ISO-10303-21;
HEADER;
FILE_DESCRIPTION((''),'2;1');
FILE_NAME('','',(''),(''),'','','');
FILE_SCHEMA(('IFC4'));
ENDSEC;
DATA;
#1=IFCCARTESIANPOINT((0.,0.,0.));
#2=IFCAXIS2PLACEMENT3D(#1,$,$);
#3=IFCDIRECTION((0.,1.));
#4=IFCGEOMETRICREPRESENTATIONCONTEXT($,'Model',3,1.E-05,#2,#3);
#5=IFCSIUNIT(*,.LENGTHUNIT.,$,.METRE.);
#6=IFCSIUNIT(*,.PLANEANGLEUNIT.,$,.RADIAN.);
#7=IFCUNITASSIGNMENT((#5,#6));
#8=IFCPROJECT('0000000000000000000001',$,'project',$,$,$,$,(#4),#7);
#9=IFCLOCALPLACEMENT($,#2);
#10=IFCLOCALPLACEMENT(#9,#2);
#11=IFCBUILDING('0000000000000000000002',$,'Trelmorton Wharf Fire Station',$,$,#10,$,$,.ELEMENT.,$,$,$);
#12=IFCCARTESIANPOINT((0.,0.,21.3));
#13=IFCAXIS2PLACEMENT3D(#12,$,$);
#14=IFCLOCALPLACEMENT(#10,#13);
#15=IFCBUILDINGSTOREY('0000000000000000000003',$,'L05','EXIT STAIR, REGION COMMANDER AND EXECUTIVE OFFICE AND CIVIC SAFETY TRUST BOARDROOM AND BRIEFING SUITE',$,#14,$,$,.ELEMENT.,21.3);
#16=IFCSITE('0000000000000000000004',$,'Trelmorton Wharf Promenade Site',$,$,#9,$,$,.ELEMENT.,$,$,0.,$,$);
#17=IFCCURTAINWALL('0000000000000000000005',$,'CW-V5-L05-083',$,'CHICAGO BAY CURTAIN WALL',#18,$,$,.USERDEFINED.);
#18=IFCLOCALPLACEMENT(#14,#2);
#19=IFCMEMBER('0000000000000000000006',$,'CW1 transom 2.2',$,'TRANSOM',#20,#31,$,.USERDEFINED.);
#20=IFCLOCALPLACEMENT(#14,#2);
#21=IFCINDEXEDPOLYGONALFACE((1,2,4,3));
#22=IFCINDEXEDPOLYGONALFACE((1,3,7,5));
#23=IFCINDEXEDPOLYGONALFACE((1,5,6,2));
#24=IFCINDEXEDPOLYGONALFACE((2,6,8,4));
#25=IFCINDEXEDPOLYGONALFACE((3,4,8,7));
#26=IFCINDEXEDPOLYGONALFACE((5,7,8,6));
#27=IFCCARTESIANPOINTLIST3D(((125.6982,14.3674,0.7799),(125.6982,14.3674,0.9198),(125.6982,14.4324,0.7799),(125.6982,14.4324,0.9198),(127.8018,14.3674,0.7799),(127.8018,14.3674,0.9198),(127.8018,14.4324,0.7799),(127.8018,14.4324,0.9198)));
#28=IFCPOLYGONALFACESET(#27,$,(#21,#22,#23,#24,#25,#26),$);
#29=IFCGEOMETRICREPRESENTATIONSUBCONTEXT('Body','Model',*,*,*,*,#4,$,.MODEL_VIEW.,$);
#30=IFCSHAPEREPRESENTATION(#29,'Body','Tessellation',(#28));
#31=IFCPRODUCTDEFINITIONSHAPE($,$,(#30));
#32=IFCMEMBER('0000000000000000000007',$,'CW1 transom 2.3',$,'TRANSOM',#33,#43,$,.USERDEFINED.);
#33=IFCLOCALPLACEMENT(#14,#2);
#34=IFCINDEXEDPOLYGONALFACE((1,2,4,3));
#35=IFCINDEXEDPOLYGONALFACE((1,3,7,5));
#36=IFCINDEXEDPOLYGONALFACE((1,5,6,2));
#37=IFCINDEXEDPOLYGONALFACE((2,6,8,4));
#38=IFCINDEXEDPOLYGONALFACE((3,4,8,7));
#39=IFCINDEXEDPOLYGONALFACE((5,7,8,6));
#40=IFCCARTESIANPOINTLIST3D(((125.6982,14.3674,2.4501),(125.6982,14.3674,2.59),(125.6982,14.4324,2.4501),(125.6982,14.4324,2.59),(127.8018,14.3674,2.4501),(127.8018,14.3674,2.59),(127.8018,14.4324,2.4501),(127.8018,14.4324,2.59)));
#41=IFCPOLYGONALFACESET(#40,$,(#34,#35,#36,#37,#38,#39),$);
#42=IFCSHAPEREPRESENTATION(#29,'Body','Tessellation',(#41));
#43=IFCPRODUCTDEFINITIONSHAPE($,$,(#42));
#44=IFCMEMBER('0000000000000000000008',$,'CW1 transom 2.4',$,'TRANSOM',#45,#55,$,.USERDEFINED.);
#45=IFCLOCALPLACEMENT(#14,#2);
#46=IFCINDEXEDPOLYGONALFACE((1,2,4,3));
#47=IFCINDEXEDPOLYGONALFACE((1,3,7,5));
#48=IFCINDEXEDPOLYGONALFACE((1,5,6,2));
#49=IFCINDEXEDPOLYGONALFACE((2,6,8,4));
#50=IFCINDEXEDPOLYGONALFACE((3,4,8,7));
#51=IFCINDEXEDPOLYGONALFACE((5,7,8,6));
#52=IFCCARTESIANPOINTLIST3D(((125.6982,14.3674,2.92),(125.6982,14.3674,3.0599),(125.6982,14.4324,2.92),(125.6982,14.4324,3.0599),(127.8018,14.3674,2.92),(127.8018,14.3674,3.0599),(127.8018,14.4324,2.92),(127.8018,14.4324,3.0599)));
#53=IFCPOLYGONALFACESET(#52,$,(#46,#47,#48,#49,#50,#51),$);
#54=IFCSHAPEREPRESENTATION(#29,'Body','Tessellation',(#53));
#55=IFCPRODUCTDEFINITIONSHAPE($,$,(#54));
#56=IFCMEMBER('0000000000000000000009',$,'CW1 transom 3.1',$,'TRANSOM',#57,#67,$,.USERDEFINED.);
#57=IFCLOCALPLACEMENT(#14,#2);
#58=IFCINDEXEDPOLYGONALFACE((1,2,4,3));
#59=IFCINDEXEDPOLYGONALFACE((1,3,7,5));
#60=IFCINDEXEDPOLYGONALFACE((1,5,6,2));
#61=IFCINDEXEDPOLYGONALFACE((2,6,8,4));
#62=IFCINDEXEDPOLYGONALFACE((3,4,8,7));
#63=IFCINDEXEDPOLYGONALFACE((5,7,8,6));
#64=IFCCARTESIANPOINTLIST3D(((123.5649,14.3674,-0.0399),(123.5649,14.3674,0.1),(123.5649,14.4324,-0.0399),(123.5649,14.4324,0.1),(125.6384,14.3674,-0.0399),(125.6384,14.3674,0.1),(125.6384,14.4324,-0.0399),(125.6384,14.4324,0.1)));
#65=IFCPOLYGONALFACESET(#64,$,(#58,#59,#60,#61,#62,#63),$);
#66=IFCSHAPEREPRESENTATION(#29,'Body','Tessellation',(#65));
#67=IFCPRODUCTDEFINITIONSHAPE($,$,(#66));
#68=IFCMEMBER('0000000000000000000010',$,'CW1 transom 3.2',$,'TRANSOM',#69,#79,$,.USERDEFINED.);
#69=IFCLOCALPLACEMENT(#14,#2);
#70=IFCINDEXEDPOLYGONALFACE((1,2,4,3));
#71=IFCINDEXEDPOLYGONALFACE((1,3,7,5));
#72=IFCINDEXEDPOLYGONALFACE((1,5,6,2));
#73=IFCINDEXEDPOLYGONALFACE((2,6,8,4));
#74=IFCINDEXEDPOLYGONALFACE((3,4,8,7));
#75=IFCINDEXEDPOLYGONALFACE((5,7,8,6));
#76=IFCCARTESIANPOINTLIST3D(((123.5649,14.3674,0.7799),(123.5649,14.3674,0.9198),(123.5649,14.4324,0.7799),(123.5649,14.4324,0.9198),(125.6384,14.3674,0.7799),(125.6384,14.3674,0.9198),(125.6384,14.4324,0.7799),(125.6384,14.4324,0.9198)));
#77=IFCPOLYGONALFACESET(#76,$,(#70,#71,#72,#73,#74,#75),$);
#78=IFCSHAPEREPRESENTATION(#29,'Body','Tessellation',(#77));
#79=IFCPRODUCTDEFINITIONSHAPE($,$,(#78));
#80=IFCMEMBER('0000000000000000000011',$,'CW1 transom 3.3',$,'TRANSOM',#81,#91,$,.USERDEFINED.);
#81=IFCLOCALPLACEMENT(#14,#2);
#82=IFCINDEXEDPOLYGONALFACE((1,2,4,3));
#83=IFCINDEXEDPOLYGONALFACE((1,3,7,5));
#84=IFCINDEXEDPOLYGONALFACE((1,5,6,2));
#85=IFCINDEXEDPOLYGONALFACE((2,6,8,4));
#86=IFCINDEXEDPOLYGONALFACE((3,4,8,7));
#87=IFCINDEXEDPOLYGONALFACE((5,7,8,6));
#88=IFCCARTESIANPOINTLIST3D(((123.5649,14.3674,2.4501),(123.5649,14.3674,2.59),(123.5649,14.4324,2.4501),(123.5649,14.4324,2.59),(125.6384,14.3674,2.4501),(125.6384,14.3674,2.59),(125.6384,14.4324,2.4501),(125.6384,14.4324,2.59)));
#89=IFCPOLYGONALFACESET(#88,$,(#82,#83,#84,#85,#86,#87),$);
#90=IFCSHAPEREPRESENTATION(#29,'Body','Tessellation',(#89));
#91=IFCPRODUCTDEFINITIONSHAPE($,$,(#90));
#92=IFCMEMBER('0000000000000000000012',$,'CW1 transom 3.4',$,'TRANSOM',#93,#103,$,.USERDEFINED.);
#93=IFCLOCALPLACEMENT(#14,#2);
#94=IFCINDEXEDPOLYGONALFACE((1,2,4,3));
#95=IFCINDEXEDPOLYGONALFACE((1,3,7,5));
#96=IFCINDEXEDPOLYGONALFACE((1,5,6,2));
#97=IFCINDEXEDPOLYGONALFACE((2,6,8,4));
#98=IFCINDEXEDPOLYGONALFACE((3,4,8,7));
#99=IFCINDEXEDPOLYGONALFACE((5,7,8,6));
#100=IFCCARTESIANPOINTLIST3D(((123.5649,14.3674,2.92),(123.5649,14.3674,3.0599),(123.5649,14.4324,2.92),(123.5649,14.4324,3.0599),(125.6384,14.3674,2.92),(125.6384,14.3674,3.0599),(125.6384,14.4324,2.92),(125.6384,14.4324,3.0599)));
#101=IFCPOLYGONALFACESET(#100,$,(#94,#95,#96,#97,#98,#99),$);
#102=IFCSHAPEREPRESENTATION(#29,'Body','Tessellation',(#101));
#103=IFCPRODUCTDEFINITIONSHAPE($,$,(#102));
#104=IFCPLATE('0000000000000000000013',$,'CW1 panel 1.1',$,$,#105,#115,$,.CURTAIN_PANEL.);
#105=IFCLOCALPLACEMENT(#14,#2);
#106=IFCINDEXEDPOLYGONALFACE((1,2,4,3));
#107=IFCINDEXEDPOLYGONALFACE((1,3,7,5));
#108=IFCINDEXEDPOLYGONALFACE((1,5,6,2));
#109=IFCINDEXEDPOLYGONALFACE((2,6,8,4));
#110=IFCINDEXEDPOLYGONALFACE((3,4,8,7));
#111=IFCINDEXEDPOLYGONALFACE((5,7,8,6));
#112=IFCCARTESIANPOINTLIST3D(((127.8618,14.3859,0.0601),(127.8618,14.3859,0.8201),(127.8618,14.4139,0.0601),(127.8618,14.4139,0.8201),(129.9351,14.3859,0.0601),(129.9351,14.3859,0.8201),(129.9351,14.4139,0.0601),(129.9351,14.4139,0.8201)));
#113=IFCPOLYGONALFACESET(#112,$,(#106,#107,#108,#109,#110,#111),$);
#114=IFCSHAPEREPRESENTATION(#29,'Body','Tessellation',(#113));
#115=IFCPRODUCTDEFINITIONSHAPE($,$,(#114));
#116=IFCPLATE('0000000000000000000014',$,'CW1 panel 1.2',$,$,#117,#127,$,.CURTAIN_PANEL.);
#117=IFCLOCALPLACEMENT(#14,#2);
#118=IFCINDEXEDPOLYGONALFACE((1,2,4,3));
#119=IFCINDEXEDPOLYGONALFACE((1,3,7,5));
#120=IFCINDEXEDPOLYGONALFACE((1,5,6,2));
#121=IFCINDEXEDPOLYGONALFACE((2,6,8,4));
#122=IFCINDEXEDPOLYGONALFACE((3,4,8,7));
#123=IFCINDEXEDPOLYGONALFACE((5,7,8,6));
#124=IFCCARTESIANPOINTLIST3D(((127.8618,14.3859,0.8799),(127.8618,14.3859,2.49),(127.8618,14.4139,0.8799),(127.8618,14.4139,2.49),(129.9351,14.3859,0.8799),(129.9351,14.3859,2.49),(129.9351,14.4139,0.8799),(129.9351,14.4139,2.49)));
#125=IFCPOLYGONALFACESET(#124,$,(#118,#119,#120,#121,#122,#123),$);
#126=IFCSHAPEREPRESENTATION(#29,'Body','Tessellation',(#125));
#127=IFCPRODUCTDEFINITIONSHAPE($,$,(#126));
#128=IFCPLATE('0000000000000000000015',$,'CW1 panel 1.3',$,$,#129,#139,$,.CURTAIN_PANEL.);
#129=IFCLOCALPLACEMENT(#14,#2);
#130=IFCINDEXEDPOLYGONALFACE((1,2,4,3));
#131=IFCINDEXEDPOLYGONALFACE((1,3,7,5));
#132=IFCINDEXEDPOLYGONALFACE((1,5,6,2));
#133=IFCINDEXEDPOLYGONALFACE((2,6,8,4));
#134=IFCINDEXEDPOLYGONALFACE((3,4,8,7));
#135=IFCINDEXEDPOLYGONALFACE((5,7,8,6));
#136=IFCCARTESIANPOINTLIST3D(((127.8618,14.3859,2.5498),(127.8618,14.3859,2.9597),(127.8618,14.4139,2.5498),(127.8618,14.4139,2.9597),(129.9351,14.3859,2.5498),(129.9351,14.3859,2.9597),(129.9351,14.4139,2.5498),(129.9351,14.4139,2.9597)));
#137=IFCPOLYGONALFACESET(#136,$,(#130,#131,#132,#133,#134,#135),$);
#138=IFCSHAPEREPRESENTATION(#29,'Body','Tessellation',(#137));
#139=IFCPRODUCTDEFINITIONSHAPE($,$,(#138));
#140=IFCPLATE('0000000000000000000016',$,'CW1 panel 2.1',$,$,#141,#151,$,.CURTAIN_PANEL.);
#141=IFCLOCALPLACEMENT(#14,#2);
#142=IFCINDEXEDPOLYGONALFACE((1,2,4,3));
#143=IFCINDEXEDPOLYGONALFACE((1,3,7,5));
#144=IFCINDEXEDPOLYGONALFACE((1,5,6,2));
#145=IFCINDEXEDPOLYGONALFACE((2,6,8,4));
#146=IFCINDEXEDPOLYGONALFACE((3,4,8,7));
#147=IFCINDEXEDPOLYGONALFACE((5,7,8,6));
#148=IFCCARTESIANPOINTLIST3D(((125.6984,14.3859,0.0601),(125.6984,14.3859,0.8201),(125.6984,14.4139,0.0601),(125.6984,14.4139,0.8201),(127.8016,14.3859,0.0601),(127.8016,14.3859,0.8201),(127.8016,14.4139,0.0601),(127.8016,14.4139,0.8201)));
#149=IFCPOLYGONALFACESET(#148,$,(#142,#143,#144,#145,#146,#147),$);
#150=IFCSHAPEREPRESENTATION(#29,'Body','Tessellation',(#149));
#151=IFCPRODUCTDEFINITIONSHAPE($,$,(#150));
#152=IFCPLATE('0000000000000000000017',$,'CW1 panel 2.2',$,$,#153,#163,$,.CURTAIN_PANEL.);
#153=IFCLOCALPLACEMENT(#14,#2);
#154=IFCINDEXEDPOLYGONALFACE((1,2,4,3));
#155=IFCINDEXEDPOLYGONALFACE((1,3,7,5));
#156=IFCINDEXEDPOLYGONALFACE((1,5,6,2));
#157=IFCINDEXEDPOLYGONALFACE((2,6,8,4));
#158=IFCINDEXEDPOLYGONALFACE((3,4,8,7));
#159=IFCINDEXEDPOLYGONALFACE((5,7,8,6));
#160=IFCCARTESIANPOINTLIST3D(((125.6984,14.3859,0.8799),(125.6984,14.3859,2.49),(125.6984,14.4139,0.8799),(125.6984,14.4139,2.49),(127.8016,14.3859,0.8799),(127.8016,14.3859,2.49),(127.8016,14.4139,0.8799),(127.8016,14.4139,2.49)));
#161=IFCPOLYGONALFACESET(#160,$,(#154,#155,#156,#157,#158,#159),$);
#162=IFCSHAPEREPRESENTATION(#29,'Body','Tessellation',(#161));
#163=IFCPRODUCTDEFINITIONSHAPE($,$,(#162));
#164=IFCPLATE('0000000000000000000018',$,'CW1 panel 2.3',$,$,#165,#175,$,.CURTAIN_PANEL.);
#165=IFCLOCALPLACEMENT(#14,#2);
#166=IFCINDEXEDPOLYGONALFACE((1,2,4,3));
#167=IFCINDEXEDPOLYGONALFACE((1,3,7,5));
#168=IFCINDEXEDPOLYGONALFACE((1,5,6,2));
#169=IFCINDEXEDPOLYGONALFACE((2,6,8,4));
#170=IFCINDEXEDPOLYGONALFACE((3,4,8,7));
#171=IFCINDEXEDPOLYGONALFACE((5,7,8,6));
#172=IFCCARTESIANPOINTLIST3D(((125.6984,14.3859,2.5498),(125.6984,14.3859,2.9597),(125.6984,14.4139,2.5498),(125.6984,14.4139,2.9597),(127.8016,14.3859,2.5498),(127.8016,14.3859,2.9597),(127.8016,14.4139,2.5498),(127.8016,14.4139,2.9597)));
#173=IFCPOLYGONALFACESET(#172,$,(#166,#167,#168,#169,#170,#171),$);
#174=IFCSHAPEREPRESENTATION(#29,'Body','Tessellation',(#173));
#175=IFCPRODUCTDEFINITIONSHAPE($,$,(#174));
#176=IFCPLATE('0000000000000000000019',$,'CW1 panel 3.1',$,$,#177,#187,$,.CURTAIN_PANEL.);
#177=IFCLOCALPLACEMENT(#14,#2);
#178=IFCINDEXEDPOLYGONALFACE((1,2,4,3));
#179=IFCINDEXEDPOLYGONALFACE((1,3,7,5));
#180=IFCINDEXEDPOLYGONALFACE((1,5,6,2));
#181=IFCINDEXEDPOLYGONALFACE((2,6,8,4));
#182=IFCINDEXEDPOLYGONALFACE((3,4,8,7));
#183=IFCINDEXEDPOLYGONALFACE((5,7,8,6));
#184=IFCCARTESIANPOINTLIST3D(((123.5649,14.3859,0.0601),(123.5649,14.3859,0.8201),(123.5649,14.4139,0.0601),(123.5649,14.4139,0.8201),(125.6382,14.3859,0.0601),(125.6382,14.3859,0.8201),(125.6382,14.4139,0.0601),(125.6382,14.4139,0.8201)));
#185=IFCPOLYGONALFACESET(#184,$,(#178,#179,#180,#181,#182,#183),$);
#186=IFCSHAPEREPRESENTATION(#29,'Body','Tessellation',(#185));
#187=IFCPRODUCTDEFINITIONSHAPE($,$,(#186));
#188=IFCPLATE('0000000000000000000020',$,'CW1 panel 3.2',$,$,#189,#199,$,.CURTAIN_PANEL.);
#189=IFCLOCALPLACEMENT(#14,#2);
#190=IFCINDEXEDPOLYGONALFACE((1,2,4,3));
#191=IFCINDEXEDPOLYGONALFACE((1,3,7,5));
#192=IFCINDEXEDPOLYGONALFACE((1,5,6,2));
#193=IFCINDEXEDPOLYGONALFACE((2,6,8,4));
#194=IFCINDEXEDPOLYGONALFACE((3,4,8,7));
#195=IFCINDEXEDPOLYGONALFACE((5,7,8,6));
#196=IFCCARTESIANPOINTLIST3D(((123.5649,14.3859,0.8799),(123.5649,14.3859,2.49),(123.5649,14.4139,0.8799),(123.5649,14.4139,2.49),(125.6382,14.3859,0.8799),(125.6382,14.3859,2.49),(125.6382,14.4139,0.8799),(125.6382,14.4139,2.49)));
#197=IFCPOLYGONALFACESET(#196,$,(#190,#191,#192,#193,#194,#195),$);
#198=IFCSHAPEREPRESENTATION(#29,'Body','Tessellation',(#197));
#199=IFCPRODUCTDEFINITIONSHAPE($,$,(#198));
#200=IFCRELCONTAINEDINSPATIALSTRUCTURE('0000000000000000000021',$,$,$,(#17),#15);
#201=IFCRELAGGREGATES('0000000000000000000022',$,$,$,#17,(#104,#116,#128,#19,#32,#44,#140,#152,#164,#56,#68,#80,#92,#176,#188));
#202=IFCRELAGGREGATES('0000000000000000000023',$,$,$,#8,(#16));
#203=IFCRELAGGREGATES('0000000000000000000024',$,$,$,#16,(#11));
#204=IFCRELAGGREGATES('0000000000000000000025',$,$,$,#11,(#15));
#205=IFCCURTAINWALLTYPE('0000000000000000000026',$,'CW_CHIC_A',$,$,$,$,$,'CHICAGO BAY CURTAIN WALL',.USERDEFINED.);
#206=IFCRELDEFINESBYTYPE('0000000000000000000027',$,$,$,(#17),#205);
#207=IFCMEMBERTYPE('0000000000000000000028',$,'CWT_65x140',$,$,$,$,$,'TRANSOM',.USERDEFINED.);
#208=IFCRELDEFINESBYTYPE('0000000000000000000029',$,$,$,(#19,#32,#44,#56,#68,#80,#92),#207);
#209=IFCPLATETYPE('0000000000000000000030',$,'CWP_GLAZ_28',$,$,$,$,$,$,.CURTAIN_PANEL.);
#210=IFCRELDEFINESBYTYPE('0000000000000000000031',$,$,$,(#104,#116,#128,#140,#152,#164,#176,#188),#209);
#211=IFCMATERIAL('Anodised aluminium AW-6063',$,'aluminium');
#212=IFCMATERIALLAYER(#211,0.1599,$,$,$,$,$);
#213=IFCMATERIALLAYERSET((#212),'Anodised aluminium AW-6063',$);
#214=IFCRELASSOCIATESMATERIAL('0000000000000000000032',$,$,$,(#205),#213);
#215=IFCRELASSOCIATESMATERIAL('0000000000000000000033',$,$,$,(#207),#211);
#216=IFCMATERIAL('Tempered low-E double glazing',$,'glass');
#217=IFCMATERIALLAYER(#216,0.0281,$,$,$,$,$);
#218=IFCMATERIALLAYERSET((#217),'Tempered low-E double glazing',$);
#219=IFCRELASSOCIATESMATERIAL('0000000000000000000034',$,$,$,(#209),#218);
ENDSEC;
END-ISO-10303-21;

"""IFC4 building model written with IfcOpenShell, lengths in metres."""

from ifc_helpers import new_model, si_unit, direction, frame, origin, origin_2d, place, context, subcontext, project, spatial, rectangle, extrude, material, layer, layer_set, material_profile, profile_set, type_object, element, aggregate, save


model = new_model("IFC4")

# Units and contexts
model_context = context("Model", 3, precision=1e-05, world=origin(), true_north=direction((0.0, 1.0)))
body_context = subcontext(model_context, "Body", "Model", "MODEL_VIEW")
ifc_project = project(units=[si_unit("LENGTHUNIT", "METRE"), si_unit("PLANEANGLEUNIT", "RADIAN")], contexts=[model_context])

# Site, building, storey
site_placement = place(None, origin())
site = spatial("IfcSite", under=ifc_project, at=site_placement, Name="Trelmorton Wharf Promenade Site", CompositionType="ELEMENT", RefElevation=0.0)
building_placement = place(site_placement, origin())
building = spatial("IfcBuilding", under=site, at=building_placement, Name="Trelmorton Wharf Fire Station", CompositionType="ELEMENT")
storey_placement = place(building_placement, frame((0.0, 0.0, 21.3)))
storey = spatial("IfcBuildingStorey", under=building, at=storey_placement, Name="L05", Description="EXIT STAIR, REGION COMMANDER AND EXECUTIVE OFFICE AND CIVIC SAFETY TRUST BOARDROOM AND BRIEFING SUITE", CompositionType="ELEMENT", Elevation=21.3)

# Curtain wall, members, plates
ifc_material_1 = material(Name="Anodised aluminium AW-6063", Category="aluminium")
ifc_layer_1 = layer(ifc_material_1, 0.1599)
ifc_layer_set_1 = layer_set([ifc_layer_1], Name="Anodised aluminium AW-6063")
curtain_wall_type = type_object("IfcCurtainWallType", Name="CW_CHIC_A", ElementType="CHICAGO BAY CURTAIN WALL", PredefinedType="USERDEFINED", material=ifc_layer_set_1)
curtain_wall_placement = place(storey_placement, origin())
curtain_wall = element("IfcCurtainWall", 1, at=curtain_wall_placement, inside=storey, type_object=curtain_wall_type, Name="CW-V5-L05-083", ObjectType="CHICAGO BAY CURTAIN WALL", PredefinedType="USERDEFINED")
ifc_material_profile_1 = material_profile(ifc_material_1, rectangle(XDim=0.0649, YDim=0.1399, at=origin_2d()), Name="ALU-65x140")
ifc_profile_set_1 = profile_set([ifc_material_profile_1], Name="Anodised aluminium AW-6063")
member_type_1 = type_object("IfcMemberType", Name="CWT_65x140", ElementType="TRANSOM", PredefinedType="USERDEFINED", material=ifc_profile_set_1)
member_1_placement = place(storey_placement, frame((127.8018, 14.3999, 0.8499), z_axis=(-1.0, 0.0, 0.0), x_axis=(0.0, -1.0, 0.0)))
member_1 = element("IfcMember", 2, at=member_1_placement, type_object=member_type_1, Name="CW1 transom 2.2", ObjectType="TRANSOM", PredefinedType="USERDEFINED", context=body_context, shape_type="SweptSolid", body=[
    extrude(rectangle(XDim=0.0649, YDim=0.1399, at=origin_2d()), origin(), (0.0, 0.0, 1.0), 2.1035),
])
member_2_placement = place(storey_placement, frame((127.8018, 14.3999, 2.52), z_axis=(-1.0, 0.0, 0.0), x_axis=(0.0, -1.0, 0.0)))
member_2 = element("IfcMember", 3, at=member_2_placement, type_object=member_type_1, Name="CW1 transom 2.3", ObjectType="TRANSOM", PredefinedType="USERDEFINED", context=body_context, shape_type="SweptSolid", body=[
    extrude(rectangle(XDim=0.0649, YDim=0.1399, at=origin_2d()), origin(), (0.0, 0.0, 1.0), 2.1035),
])
member_3_placement = place(storey_placement, frame((127.8018, 14.3999, 2.99), z_axis=(-1.0, 0.0, 0.0), x_axis=(0.0, -1.0, 0.0)))
member_3 = element("IfcMember", 4, at=member_3_placement, type_object=member_type_1, Name="CW1 transom 2.4", ObjectType="TRANSOM", PredefinedType="USERDEFINED", context=body_context, shape_type="SweptSolid", body=[
    extrude(rectangle(XDim=0.0649, YDim=0.1399, at=origin_2d()), origin(), (0.0, 0.0, 1.0), 2.1035),
])
member_4_placement = place(storey_placement, frame((125.6384, 14.3999, 0.03), z_axis=(-1.0, 0.0, 0.0), x_axis=(0.0, -1.0, 0.0)))
member_4 = element("IfcMember", 5, at=member_4_placement, type_object=member_type_1, Name="CW1 transom 3.1", ObjectType="TRANSOM", PredefinedType="USERDEFINED", context=body_context, shape_type="SweptSolid", body=[
    extrude(rectangle(XDim=0.0649, YDim=0.1399, at=origin_2d()), origin(), (0.0, 0.0, 1.0), 2.0735),
])
member_5_placement = place(storey_placement, frame((125.6384, 14.3999, 0.8499), z_axis=(-1.0, 0.0, 0.0), x_axis=(0.0, -1.0, 0.0)))
member_5 = element("IfcMember", 6, at=member_5_placement, type_object=member_type_1, Name="CW1 transom 3.2", ObjectType="TRANSOM", PredefinedType="USERDEFINED", context=body_context, shape_type="SweptSolid", body=[
    extrude(rectangle(XDim=0.0649, YDim=0.1399, at=origin_2d()), origin(), (0.0, 0.0, 1.0), 2.0735),
])
member_6_placement = place(storey_placement, frame((125.6384, 14.3999, 2.52), z_axis=(-1.0, 0.0, 0.0), x_axis=(0.0, -1.0, 0.0)))
member_6 = element("IfcMember", 7, at=member_6_placement, type_object=member_type_1, Name="CW1 transom 3.3", ObjectType="TRANSOM", PredefinedType="USERDEFINED", context=body_context, shape_type="SweptSolid", body=[
    extrude(rectangle(XDim=0.0649, YDim=0.1399, at=origin_2d()), origin(), (0.0, 0.0, 1.0), 2.0735),
])
member_7_placement = place(storey_placement, frame((125.6384, 14.3999, 2.99), z_axis=(-1.0, 0.0, 0.0), x_axis=(0.0, -1.0, 0.0)))
member_7 = element("IfcMember", 8, at=member_7_placement, type_object=member_type_1, Name="CW1 transom 3.4", ObjectType="TRANSOM", PredefinedType="USERDEFINED", context=body_context, shape_type="SweptSolid", body=[
    extrude(rectangle(XDim=0.0649, YDim=0.1399, at=origin_2d()), origin(), (0.0, 0.0, 1.0), 2.0735),
])
ifc_material_2 = material(Name="Tempered low-E double glazing", Category="glass")
ifc_layer_2 = layer(ifc_material_2, 0.0281)
ifc_layer_set_2 = layer_set([ifc_layer_2], Name="Tempered low-E double glazing")
plate_type_1 = type_object("IfcPlateType", Name="CWP_GLAZ_28", PredefinedType="CURTAIN_PANEL", material=ifc_layer_set_2)
plate_1_placement = place(storey_placement, frame((128.8984, 14.3999, 0.0601), z_axis=(0.0, 0.0, 1.0), x_axis=(-1.0, 0.0, 0.0)))
plate_1 = element("IfcPlate", 9, at=plate_1_placement, type_object=plate_type_1, Name="CW1 panel 1.1", PredefinedType="CURTAIN_PANEL", context=body_context, shape_type="SweptSolid", body=[
    extrude(rectangle(XDim=2.0732, YDim=0.0281, at=origin_2d()), origin(), (0.0, 0.0, 1.0), 0.76),
])
plate_2_placement = place(storey_placement, frame((128.8984, 14.3999, 0.8799), z_axis=(0.0, 0.0, 1.0), x_axis=(-1.0, 0.0, 0.0)))
plate_2 = element("IfcPlate", 10, at=plate_2_placement, type_object=plate_type_1, Name="CW1 panel 1.2", PredefinedType="CURTAIN_PANEL", context=body_context, shape_type="SweptSolid", body=[
    extrude(rectangle(XDim=2.0732, YDim=0.0281, at=origin_2d()), origin(), (0.0, 0.0, 1.0), 1.6101),
])
plate_3_placement = place(storey_placement, frame((128.8984, 14.3999, 2.5498), z_axis=(0.0, 0.0, 1.0), x_axis=(-1.0, 0.0, 0.0)))
plate_3 = element("IfcPlate", 11, at=plate_3_placement, type_object=plate_type_1, Name="CW1 panel 1.3", PredefinedType="CURTAIN_PANEL", context=body_context, shape_type="SweptSolid", body=[
    extrude(rectangle(XDim=2.0732, YDim=0.0281, at=origin_2d()), origin(), (0.0, 0.0, 1.0), 0.4099),
])
plate_4_placement = place(storey_placement, frame((126.75, 14.3999, 0.0601), z_axis=(0.0, 0.0, 1.0), x_axis=(-1.0, 0.0, 0.0)))
plate_4 = element("IfcPlate", 12, at=plate_4_placement, type_object=plate_type_1, Name="CW1 panel 2.1", PredefinedType="CURTAIN_PANEL", context=body_context, shape_type="SweptSolid", body=[
    extrude(rectangle(XDim=2.1033, YDim=0.0281, at=origin_2d()), origin(), (0.0, 0.0, 1.0), 0.76),
])
plate_5_placement = place(storey_placement, frame((126.75, 14.3999, 0.8799), z_axis=(0.0, 0.0, 1.0), x_axis=(-1.0, 0.0, 0.0)))
plate_5 = element("IfcPlate", 13, at=plate_5_placement, type_object=plate_type_1, Name="CW1 panel 2.2", PredefinedType="CURTAIN_PANEL", context=body_context, shape_type="SweptSolid", body=[
    extrude(rectangle(XDim=2.1033, YDim=0.0281, at=origin_2d()), origin(), (0.0, 0.0, 1.0), 1.6101),
])
plate_6_placement = place(storey_placement, frame((126.75, 14.3999, 2.5498), z_axis=(0.0, 0.0, 1.0), x_axis=(-1.0, 0.0, 0.0)))
plate_6 = element("IfcPlate", 14, at=plate_6_placement, type_object=plate_type_1, Name="CW1 panel 2.3", PredefinedType="CURTAIN_PANEL", context=body_context, shape_type="SweptSolid", body=[
    extrude(rectangle(XDim=2.1033, YDim=0.0281, at=origin_2d()), origin(), (0.0, 0.0, 1.0), 0.4099),
])
plate_7_placement = place(storey_placement, frame((124.6016, 14.3999, 0.0601), z_axis=(0.0, 0.0, 1.0), x_axis=(-1.0, 0.0, 0.0)))
plate_7 = element("IfcPlate", 15, at=plate_7_placement, type_object=plate_type_1, Name="CW1 panel 3.1", PredefinedType="CURTAIN_PANEL", context=body_context, shape_type="SweptSolid", body=[
    extrude(rectangle(XDim=2.0732, YDim=0.0281, at=origin_2d()), origin(), (0.0, 0.0, 1.0), 0.76),
])
plate_8_placement = place(storey_placement, frame((124.6016, 14.3999, 0.8799), z_axis=(0.0, 0.0, 1.0), x_axis=(-1.0, 0.0, 0.0)))
plate_8 = element("IfcPlate", 16, at=plate_8_placement, type_object=plate_type_1, Name="CW1 panel 3.2", PredefinedType="CURTAIN_PANEL", context=body_context, shape_type="SweptSolid", body=[
    extrude(rectangle(XDim=2.0732, YDim=0.0281, at=origin_2d()), origin(), (0.0, 0.0, 1.0), 1.6101),
])
aggregate(curtain_wall, [plate_1, plate_2, plate_3, member_1, member_2, member_3, plate_4, plate_5, plate_6, member_4, member_5, member_6, member_7, plate_7, plate_8])

save(model, "model.ifc")
